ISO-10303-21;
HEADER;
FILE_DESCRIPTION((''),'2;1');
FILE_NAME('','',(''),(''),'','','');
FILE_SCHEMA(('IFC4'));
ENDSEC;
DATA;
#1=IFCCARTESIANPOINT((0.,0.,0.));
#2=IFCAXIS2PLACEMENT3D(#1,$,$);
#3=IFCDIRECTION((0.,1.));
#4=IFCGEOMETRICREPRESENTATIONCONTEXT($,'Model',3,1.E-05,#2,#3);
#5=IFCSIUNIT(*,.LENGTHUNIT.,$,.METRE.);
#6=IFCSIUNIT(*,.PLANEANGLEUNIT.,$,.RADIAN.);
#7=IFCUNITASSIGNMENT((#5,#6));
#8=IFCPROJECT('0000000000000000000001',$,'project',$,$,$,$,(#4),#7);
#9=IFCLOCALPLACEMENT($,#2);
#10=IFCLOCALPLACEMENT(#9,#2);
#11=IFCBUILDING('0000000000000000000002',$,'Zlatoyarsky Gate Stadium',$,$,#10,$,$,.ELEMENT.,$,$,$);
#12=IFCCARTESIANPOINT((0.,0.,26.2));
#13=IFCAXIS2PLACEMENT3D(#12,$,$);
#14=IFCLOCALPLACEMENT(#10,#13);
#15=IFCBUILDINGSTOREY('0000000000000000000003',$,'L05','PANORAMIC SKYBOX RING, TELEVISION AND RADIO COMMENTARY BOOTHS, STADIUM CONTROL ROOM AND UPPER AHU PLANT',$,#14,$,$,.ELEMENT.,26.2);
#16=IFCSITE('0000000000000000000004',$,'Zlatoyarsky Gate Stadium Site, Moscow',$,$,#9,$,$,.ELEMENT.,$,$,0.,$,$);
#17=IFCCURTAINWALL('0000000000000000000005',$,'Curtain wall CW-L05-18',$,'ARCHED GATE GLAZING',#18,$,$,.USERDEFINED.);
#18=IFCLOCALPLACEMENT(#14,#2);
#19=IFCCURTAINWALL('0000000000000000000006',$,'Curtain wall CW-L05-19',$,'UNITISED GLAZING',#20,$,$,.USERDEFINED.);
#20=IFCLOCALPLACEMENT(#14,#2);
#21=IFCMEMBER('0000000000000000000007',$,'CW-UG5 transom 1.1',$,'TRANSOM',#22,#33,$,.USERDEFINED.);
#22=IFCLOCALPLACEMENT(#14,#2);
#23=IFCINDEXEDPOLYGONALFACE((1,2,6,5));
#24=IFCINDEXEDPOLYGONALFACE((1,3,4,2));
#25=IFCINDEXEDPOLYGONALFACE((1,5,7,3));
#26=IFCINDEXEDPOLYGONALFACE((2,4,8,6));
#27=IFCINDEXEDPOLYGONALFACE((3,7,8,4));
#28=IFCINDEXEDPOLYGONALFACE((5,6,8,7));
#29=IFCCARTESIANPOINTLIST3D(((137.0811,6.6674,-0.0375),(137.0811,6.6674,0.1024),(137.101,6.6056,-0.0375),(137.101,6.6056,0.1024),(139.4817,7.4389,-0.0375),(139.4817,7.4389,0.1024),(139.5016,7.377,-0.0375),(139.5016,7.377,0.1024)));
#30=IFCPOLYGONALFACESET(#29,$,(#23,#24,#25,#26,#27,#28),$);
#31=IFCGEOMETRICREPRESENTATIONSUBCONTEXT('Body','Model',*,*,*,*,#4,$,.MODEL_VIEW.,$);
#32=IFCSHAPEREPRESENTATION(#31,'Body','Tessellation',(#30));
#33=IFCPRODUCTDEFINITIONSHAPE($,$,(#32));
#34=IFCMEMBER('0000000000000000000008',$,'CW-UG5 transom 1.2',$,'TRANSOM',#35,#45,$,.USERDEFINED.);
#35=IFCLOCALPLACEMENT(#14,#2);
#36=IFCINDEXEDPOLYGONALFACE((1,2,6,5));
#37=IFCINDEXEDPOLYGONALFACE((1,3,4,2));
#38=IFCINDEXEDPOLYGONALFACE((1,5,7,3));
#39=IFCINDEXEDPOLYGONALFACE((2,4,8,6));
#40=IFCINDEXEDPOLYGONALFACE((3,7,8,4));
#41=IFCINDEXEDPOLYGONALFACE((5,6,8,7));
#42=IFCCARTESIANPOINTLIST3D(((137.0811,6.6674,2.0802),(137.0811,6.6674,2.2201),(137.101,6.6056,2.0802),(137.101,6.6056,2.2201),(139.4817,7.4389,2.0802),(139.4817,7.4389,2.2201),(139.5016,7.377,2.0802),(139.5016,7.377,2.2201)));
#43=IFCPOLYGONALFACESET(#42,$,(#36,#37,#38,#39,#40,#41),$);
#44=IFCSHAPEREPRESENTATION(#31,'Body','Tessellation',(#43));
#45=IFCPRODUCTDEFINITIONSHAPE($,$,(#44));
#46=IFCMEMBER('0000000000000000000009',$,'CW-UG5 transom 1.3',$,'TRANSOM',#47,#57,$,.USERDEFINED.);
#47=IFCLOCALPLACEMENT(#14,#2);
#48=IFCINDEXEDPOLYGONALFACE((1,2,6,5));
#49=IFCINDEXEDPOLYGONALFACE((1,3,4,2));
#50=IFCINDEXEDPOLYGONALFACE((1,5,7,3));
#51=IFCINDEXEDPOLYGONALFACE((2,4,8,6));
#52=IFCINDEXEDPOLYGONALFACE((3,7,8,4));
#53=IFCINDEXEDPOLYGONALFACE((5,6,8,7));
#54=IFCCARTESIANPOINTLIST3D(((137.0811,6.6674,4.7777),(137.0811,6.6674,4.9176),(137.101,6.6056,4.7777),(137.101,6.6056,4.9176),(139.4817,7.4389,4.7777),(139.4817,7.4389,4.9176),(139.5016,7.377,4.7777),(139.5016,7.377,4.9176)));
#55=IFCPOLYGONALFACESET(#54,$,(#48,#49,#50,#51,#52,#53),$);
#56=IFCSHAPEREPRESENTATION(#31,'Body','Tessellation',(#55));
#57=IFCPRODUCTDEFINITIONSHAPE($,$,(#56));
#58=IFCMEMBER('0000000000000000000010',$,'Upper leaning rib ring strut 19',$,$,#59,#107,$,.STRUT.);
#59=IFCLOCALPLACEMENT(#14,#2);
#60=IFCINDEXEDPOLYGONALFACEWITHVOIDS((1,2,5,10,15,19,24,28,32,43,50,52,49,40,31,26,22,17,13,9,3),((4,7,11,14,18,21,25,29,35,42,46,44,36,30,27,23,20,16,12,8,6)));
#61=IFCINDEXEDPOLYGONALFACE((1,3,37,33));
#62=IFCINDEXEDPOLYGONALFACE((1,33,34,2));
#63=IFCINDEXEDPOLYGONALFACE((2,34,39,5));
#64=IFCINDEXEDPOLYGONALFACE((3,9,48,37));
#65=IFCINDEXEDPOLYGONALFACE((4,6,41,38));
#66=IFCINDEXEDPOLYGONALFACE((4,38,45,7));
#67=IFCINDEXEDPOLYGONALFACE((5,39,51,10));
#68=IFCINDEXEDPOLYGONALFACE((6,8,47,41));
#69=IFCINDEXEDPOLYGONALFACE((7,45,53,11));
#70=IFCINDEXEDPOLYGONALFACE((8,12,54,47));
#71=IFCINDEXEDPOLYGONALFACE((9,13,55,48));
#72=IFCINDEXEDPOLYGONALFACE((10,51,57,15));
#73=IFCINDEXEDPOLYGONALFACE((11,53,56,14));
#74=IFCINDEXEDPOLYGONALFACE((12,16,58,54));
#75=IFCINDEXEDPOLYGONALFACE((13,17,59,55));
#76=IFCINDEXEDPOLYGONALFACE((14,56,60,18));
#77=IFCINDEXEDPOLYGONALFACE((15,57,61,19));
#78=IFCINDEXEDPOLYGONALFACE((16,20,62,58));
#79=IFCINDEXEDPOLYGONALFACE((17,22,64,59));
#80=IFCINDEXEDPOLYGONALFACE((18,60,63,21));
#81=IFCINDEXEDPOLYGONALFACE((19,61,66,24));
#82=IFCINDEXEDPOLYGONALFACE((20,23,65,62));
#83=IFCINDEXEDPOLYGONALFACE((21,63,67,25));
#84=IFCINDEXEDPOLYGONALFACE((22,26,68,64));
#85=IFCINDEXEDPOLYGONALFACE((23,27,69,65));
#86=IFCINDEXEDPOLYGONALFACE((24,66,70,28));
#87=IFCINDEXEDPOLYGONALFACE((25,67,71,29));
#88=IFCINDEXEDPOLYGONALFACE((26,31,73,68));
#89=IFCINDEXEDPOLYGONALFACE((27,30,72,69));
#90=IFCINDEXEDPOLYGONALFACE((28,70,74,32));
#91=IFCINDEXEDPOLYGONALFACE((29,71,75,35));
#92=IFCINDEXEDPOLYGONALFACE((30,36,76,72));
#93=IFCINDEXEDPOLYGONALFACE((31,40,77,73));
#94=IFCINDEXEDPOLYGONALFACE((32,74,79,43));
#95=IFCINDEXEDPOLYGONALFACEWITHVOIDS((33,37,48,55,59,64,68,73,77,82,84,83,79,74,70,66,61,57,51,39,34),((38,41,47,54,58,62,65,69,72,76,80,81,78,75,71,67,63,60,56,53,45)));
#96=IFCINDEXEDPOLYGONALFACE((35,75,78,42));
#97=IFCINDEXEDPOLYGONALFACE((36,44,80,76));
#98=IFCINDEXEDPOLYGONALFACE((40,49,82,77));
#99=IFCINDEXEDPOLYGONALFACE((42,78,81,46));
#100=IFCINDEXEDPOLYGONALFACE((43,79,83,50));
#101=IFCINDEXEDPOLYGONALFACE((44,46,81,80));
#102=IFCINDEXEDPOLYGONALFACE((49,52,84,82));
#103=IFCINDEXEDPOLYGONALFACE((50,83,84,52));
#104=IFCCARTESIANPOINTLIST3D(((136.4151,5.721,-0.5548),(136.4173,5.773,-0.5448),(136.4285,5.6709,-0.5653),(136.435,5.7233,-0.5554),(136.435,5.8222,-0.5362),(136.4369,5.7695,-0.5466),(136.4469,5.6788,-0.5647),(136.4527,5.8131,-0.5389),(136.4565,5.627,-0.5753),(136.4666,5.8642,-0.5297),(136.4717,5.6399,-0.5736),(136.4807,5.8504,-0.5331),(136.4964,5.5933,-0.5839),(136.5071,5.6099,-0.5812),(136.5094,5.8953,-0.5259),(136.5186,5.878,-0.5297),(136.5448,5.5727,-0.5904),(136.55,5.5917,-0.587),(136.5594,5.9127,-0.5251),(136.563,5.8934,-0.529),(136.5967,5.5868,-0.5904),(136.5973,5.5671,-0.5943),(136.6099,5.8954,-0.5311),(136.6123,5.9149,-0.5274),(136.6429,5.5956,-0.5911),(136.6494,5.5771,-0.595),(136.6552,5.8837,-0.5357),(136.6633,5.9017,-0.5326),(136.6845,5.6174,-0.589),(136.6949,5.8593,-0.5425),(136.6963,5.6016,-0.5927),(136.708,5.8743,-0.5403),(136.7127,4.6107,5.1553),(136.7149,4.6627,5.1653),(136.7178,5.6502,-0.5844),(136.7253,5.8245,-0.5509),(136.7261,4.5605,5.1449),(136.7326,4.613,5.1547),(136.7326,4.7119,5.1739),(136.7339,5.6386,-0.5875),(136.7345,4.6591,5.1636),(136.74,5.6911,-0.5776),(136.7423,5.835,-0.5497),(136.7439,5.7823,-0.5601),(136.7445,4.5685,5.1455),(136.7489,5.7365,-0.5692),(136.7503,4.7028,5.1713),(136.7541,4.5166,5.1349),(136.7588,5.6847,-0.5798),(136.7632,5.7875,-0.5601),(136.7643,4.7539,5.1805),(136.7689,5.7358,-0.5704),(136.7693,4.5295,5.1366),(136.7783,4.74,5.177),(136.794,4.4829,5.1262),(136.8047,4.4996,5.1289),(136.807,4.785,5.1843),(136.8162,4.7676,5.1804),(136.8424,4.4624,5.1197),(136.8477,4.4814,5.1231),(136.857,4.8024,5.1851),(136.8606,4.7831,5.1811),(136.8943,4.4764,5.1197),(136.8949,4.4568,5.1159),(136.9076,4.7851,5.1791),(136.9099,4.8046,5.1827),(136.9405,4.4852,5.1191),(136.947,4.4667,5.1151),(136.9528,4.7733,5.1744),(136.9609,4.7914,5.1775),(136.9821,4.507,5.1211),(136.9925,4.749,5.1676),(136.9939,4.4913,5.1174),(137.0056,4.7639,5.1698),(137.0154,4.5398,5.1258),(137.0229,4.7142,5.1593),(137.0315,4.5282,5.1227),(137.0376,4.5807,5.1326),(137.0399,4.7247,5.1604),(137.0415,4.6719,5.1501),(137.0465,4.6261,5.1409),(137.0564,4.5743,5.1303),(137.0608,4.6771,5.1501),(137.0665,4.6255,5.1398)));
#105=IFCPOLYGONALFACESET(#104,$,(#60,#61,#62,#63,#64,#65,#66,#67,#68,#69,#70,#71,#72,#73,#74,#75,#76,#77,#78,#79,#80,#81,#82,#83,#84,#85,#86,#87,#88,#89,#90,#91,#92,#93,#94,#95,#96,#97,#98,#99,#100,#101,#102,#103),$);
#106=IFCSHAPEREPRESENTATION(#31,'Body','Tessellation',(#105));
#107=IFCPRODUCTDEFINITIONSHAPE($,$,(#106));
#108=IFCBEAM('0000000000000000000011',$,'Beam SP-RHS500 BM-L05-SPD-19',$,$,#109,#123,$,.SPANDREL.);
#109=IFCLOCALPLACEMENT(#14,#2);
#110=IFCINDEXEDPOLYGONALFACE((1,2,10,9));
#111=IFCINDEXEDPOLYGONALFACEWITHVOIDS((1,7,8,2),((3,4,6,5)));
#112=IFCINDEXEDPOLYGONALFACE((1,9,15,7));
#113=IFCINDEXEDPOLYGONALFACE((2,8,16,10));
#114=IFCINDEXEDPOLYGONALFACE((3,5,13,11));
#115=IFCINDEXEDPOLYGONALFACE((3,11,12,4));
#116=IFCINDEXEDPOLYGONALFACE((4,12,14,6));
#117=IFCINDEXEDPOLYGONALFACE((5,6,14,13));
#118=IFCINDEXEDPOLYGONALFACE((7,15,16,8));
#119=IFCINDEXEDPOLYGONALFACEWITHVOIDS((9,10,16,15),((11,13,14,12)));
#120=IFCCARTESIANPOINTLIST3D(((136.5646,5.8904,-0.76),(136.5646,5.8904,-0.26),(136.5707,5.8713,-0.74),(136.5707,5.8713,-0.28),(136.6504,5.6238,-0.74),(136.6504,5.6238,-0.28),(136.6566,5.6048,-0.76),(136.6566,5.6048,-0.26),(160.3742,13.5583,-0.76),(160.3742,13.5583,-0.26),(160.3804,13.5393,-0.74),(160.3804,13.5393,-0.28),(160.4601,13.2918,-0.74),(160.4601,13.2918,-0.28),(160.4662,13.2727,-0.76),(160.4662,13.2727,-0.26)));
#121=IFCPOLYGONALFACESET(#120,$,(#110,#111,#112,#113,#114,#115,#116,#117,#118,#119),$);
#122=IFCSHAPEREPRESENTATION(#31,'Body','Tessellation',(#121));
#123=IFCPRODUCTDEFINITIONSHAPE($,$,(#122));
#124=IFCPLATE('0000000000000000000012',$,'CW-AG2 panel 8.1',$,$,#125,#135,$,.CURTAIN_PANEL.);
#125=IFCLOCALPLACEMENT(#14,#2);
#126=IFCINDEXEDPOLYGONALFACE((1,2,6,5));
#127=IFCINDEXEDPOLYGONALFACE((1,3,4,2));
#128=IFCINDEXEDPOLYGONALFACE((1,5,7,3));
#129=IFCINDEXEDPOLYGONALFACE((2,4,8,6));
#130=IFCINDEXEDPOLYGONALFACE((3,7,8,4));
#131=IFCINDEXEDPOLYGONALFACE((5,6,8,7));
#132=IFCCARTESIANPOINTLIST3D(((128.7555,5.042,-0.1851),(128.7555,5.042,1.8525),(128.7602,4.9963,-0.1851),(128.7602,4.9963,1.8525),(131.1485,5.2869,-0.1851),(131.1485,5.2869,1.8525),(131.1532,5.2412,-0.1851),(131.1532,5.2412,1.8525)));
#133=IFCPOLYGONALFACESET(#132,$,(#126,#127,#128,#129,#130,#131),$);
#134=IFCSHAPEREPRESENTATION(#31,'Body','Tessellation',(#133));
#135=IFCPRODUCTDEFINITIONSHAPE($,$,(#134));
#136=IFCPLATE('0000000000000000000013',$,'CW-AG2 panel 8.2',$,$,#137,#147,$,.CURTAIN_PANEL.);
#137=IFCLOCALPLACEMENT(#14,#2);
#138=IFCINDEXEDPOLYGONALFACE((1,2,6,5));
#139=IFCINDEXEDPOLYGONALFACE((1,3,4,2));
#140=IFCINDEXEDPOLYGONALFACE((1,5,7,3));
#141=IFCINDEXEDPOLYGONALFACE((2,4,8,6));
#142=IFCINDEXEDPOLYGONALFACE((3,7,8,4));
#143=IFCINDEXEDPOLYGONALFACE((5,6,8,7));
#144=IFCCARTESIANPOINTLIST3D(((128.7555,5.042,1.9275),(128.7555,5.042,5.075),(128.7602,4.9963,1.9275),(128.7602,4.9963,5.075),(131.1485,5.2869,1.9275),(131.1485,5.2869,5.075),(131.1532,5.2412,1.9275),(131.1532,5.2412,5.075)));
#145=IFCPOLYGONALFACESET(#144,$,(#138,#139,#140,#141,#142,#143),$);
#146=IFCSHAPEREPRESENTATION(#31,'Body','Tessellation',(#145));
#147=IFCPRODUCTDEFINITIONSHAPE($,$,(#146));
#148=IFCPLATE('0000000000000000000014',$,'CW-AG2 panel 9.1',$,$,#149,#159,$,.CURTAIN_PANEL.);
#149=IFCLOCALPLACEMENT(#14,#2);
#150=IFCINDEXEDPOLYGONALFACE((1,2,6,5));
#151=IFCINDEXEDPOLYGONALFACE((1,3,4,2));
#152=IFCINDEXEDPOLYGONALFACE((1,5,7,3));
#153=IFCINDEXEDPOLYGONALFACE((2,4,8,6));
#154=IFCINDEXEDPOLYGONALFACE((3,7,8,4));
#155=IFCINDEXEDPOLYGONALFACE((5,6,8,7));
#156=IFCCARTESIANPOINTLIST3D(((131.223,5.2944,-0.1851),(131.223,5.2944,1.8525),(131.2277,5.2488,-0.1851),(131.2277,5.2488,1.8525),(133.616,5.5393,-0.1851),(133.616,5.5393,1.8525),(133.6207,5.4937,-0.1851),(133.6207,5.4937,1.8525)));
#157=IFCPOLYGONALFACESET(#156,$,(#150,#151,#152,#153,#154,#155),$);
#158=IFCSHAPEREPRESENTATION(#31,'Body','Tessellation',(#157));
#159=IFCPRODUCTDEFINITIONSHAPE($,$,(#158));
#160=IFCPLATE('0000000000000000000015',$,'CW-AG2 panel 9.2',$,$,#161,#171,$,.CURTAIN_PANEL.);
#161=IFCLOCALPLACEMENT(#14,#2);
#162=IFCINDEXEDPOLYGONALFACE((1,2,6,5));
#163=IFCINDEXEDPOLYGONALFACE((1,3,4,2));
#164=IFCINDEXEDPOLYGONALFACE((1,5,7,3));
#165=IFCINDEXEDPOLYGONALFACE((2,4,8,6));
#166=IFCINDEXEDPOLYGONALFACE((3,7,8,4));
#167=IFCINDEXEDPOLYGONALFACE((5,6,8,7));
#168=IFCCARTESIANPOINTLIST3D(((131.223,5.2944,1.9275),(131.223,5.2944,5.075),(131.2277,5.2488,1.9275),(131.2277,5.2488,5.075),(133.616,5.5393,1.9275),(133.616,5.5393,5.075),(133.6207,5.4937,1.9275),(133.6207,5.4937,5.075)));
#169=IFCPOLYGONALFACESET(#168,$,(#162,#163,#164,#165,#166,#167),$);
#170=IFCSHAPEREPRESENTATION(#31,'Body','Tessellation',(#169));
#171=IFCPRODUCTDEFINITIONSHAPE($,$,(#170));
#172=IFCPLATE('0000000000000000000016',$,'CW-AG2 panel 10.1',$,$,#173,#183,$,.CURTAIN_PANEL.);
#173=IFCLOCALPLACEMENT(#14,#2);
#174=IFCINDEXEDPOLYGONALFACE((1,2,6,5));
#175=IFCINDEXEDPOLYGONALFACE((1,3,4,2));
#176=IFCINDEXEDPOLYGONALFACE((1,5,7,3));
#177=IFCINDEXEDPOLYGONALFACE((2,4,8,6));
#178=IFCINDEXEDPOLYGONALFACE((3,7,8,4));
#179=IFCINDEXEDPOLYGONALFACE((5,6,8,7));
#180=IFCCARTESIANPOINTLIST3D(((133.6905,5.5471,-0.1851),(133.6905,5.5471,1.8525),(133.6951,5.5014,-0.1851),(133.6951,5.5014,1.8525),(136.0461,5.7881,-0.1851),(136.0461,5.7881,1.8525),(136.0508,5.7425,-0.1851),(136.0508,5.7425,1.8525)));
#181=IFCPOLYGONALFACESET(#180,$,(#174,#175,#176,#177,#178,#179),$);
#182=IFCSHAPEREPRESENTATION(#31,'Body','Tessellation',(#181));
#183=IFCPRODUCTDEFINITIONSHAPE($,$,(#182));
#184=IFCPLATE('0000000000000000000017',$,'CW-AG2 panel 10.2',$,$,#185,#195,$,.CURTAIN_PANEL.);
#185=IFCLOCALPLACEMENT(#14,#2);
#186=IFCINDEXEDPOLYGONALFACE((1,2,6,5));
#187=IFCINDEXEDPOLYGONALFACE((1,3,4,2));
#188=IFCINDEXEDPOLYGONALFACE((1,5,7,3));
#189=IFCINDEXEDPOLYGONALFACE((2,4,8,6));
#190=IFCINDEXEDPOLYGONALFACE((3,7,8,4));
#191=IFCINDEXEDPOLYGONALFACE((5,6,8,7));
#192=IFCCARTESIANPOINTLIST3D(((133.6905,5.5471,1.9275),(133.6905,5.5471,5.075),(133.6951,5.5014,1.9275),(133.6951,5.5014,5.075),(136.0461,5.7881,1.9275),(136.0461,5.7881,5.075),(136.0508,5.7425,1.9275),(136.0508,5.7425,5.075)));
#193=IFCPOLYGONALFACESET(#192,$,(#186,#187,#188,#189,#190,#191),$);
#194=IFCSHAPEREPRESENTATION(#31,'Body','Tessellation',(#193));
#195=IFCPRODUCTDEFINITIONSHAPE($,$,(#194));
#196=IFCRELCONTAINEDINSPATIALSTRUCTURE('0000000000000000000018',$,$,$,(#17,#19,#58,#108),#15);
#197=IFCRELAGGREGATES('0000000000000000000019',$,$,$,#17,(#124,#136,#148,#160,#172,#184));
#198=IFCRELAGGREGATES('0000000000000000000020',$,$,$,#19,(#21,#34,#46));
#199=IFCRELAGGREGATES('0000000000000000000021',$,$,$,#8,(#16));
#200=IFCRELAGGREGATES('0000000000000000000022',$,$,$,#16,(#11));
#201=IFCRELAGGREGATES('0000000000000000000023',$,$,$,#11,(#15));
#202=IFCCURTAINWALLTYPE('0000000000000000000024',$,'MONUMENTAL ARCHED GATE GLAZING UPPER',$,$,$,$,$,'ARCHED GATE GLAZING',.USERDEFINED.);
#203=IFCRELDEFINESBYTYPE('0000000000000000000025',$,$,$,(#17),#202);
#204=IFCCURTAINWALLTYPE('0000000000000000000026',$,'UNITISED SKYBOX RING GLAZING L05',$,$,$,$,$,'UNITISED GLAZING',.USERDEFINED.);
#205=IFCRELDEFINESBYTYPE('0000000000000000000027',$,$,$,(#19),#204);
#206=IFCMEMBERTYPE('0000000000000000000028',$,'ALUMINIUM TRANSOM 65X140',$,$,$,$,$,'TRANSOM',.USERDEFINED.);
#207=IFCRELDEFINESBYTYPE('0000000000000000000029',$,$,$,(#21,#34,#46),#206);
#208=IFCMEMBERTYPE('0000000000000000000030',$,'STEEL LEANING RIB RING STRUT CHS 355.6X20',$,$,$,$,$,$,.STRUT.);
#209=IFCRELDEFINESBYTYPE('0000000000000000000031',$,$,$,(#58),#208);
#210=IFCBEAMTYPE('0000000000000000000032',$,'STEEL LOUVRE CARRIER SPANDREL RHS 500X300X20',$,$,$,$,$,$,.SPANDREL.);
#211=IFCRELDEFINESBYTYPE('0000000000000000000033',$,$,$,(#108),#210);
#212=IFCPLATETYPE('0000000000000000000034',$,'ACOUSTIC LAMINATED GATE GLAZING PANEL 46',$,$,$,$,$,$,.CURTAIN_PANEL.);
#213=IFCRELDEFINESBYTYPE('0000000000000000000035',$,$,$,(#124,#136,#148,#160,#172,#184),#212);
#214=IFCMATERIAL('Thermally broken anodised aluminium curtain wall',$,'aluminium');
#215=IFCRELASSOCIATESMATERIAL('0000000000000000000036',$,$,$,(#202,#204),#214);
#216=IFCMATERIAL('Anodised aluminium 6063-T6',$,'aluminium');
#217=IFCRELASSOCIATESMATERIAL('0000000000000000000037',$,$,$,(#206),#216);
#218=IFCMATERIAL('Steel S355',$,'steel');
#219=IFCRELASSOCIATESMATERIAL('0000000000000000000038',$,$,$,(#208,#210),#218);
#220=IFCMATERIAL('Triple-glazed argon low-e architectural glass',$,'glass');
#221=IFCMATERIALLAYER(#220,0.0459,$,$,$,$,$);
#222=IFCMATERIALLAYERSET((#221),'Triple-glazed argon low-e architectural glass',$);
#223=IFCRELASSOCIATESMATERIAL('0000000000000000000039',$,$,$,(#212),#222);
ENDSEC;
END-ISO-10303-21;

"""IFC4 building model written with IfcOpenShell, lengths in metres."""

from ifc_helpers import new_model, si_unit, direction, frame, origin, origin_2d, place, context, subcontext, project, spatial, rectangle, hollow_rectangle, hollow_circle, extrude, material, layer, layer_set, material_profile, profile_set, type_object, element, aggregate, save


model = new_model("IFC4")

# Units and contexts
model_context = context("Model", 3, precision=1e-05, world=origin(), true_north=direction((0.0, 1.0)))
body_context = subcontext(model_context, "Body", "Model", "MODEL_VIEW")
ifc_project = project(units=[si_unit("LENGTHUNIT", "METRE"), si_unit("PLANEANGLEUNIT", "RADIAN")], contexts=[model_context])

# Site, building, storey
site_placement = place(None, origin())
site = spatial("IfcSite", under=ifc_project, at=site_placement, Name="Zlatoyarsky Gate Stadium Site, Moscow", CompositionType="ELEMENT", RefElevation=0.0)
building_placement = place(site_placement, origin())
building = spatial("IfcBuilding", under=site, at=building_placement, Name="Zlatoyarsky Gate Stadium", CompositionType="ELEMENT")
storey_placement = place(building_placement, frame((0.0, 0.0, 26.2)))
storey = spatial("IfcBuildingStorey", under=building, at=storey_placement, Name="L05", Description="PANORAMIC SKYBOX RING, TELEVISION AND RADIO COMMENTARY BOOTHS, STADIUM CONTROL ROOM AND UPPER AHU PLANT", CompositionType="ELEMENT", Elevation=26.2)

# Curtain walls, members
ifc_material_1 = material(Name="Thermally broken anodised aluminium curtain wall", Category="aluminium")
curtain_wall_type_1 = type_object("IfcCurtainWallType", Name="MONUMENTAL ARCHED GATE GLAZING UPPER", ElementType="ARCHED GATE GLAZING", PredefinedType="USERDEFINED", material=ifc_material_1)
curtain_wall_1_placement = place(storey_placement, origin())
curtain_wall_1 = element("IfcCurtainWall", 1, at=curtain_wall_1_placement, inside=storey, type_object=curtain_wall_type_1, Name="Curtain wall CW-L05-18", ObjectType="ARCHED GATE GLAZING", PredefinedType="USERDEFINED")
ifc_material_2 = material(Name="Anodised aluminium 6063-T6", Category="aluminium")
curtain_wall_type_2 = type_object("IfcCurtainWallType", Name="UNITISED SKYBOX RING GLAZING L05", ElementType="UNITISED GLAZING", PredefinedType="USERDEFINED", material=ifc_material_1)
curtain_wall_2_placement = place(storey_placement, origin())
curtain_wall_2 = element("IfcCurtainWall", 2, at=curtain_wall_2_placement, inside=storey, type_object=curtain_wall_type_2, Name="Curtain wall CW-L05-19", ObjectType="UNITISED GLAZING", PredefinedType="USERDEFINED")
ifc_material_profile_1 = material_profile(ifc_material_2, rectangle(XDim=0.0649, YDim=0.1399, at=origin_2d()), Name="ALU 65X140")
ifc_profile_set_1 = profile_set([ifc_material_profile_1], Name="Anodised aluminium 6063-T6")
member_type_1 = type_object("IfcMemberType", Name="ALUMINIUM TRANSOM 65X140", ElementType="TRANSOM", PredefinedType="USERDEFINED", material=ifc_profile_set_1)
member_1_placement = place(storey_placement, frame((137.0911, 6.6365, 0.0325), z_axis=(0.952046, 0.305956, 0.0), x_axis=(-0.305956, 0.952046, 0.0)))
member_1 = element("IfcMember", 3, at=member_1_placement, type_object=member_type_1, Name="CW-UG5 transom 1.1", ObjectType="TRANSOM", PredefinedType="USERDEFINED", context=body_context, shape_type="SweptSolid", body=[
    extrude(rectangle(XDim=0.0649, YDim=0.1399, at=origin_2d()), origin(), (0.0, 0.0, 1.0), 2.5215),
])
member_2_placement = place(storey_placement, frame((137.0911, 6.6365, 2.1501), z_axis=(0.952046, 0.305956, 0.0), x_axis=(-0.305956, 0.952046, 0.0)))
member_2 = element("IfcMember", 4, at=member_2_placement, type_object=member_type_1, Name="CW-UG5 transom 1.2", ObjectType="TRANSOM", PredefinedType="USERDEFINED", context=body_context, shape_type="SweptSolid", body=[
    extrude(rectangle(XDim=0.0649, YDim=0.1399, at=origin_2d()), origin(), (0.0, 0.0, 1.0), 2.5215),
])
member_3_placement = place(storey_placement, frame((137.0911, 6.6365, 4.8477), z_axis=(0.952046, 0.305956, 0.0), x_axis=(-0.305956, 0.952046, 0.0)))
member_3 = element("IfcMember", 5, at=member_3_placement, type_object=member_type_1, Name="CW-UG5 transom 1.3", ObjectType="TRANSOM", PredefinedType="USERDEFINED", context=body_context, shape_type="SweptSolid", body=[
    extrude(rectangle(XDim=0.0649, YDim=0.1399, at=origin_2d()), origin(), (0.0, 0.0, 1.0), 2.5215),
])

# Member
ifc_material_3 = material(Name="Steel S355", Category="steel")
ifc_material_profile_2 = material_profile(ifc_material_3, hollow_circle(Radius=0.1777, WallThickness=0.02, at=origin_2d()), Name="CHS 355.6X20")
ifc_profile_set_2 = profile_set([ifc_material_profile_2], Name="Steel S355")
member_type_2 = type_object("IfcMemberType", Name="STEEL LEANING RIB RING STRUT CHS 355.6X20", PredefinedType="STRUT", material=ifc_profile_set_2)
member_4_placement = place(storey_placement, frame((136.5916, 5.7415, -0.5601), z_axis=(0.051093, -0.190626, 0.980332), x_axis=(0.965906, 0.258892, 0.0)))
element("IfcMember", 6, at=member_4_placement, inside=storey, type_object=member_type_2, Name="Upper leaning rib ring strut 19", PredefinedType="STRUT", context=body_context, shape_type="SweptSolid", body=[
    extrude(hollow_circle(Radius=0.1777, WallThickness=0.02, at=origin_2d()), origin(), (0.0, 0.0, 1.0), 5.8247),
])

# Beam
ifc_material_profile_3 = material_profile(ifc_material_3, hollow_rectangle(XDim=0.3, YDim=0.5, WallThickness=0.02, at=origin_2d()), Name="RHS 500X300X20")
ifc_profile_set_3 = profile_set([ifc_material_profile_3], Name="Steel S355")
beam_type = type_object("IfcBeamType", Name="STEEL LOUVRE CARRIER SPANDREL RHS 500X300X20", PredefinedType="SPANDREL", material=ifc_profile_set_3)
beam_placement = place(storey_placement, frame((136.6106, 5.7476, -0.51), z_axis=(0.951855, 0.306549, 0.0), x_axis=(-0.306549, 0.951855, 0.0)))
element("IfcBeam", 7, at=beam_placement, inside=storey, type_object=beam_type, Name="Beam SP-RHS500 BM-L05-SPD-19", PredefinedType="SPANDREL", context=body_context, shape_type="SweptSolid", body=[
    extrude(hollow_rectangle(XDim=0.3, YDim=0.5, WallThickness=0.02, at=origin_2d()), origin(), (0.0, 0.0, 1.0), 25.0139),
])

# Plates
ifc_material_4 = material(Name="Triple-glazed argon low-e architectural glass", Category="glass")
ifc_layer_1 = layer(ifc_material_4, 0.0459)
ifc_layer_set_1 = layer_set([ifc_layer_1], Name="Triple-glazed argon low-e architectural glass")
plate_type_1 = type_object("IfcPlateType", Name="ACOUSTIC LAMINATED GATE GLAZING PANEL 46", PredefinedType="CURTAIN_PANEL", material=ifc_layer_set_1)
plate_1_placement = place(storey_placement, frame((129.9543, 5.1416, -0.1851), z_axis=(0.0, 0.0, 1.0), x_axis=(0.994804, 0.101805, 0.0)))
plate_1 = element("IfcPlate", 8, at=plate_1_placement, type_object=plate_type_1, Name="CW-AG2 panel 8.1", PredefinedType="CURTAIN_PANEL", context=body_context, shape_type="SweptSolid", body=[
    extrude(rectangle(XDim=2.4055, YDim=0.0459, at=origin_2d()), origin(), (0.0, 0.0, 1.0), 2.0376),
])
plate_2_placement = place(storey_placement, frame((129.9543, 5.1416, 1.9275), z_axis=(0.0, 0.0, 1.0), x_axis=(0.994804, 0.101805, 0.0)))
plate_2 = element("IfcPlate", 9, at=plate_2_placement, type_object=plate_type_1, Name="CW-AG2 panel 8.2", PredefinedType="CURTAIN_PANEL", context=body_context, shape_type="SweptSolid", body=[
    extrude(rectangle(XDim=2.4055, YDim=0.0459, at=origin_2d()), origin(), (0.0, 0.0, 1.0), 3.1475),
])
plate_3_placement = place(storey_placement, frame((132.4219, 5.394, -0.1851), z_axis=(0.0, 0.0, 1.0), x_axis=(0.994804, 0.101805, 0.0)))
plate_3 = element("IfcPlate", 10, at=plate_3_placement, type_object=plate_type_1, Name="CW-AG2 panel 9.1", PredefinedType="CURTAIN_PANEL", context=body_context, shape_type="SweptSolid", body=[
    extrude(rectangle(XDim=2.4055, YDim=0.0459, at=origin_2d()), origin(), (0.0, 0.0, 1.0), 2.0376),
])
plate_4_placement = place(storey_placement, frame((132.4219, 5.394, 1.9275), z_axis=(0.0, 0.0, 1.0), x_axis=(0.994804, 0.101805, 0.0)))
plate_4 = element("IfcPlate", 11, at=plate_4_placement, type_object=plate_type_1, Name="CW-AG2 panel 9.2", PredefinedType="CURTAIN_PANEL", context=body_context, shape_type="SweptSolid", body=[
    extrude(rectangle(XDim=2.4055, YDim=0.0459, at=origin_2d()), origin(), (0.0, 0.0, 1.0), 3.1475),
])
plate_5_placement = place(storey_placement, frame((134.8706, 5.6448, -0.1851), z_axis=(0.0, 0.0, 1.0), x_axis=(0.994804, 0.101805, 0.0)))
plate_5 = element("IfcPlate", 12, at=plate_5_placement, type_object=plate_type_1, Name="CW-AG2 panel 10.1", PredefinedType="CURTAIN_PANEL", context=body_context, shape_type="SweptSolid", body=[
    extrude(rectangle(XDim=2.3679, YDim=0.0459, at=origin_2d()), origin(), (0.0, 0.0, 1.0), 2.0376),
])
plate_6_placement = place(storey_placement, frame((134.8706, 5.6448, 1.9275), z_axis=(0.0, 0.0, 1.0), x_axis=(0.994804, 0.101805, 0.0)))
plate_6 = element("IfcPlate", 13, at=plate_6_placement, type_object=plate_type_1, Name="CW-AG2 panel 10.2", PredefinedType="CURTAIN_PANEL", context=body_context, shape_type="SweptSolid", body=[
    extrude(rectangle(XDim=2.3679, YDim=0.0459, at=origin_2d()), origin(), (0.0, 0.0, 1.0), 3.1475),
])
aggregate(curtain_wall_1, [plate_1, plate_2, plate_3, plate_4, plate_5, plate_6])

aggregate(curtain_wall_2, [member_1, member_2, member_3])

save(model, "model.ifc")
